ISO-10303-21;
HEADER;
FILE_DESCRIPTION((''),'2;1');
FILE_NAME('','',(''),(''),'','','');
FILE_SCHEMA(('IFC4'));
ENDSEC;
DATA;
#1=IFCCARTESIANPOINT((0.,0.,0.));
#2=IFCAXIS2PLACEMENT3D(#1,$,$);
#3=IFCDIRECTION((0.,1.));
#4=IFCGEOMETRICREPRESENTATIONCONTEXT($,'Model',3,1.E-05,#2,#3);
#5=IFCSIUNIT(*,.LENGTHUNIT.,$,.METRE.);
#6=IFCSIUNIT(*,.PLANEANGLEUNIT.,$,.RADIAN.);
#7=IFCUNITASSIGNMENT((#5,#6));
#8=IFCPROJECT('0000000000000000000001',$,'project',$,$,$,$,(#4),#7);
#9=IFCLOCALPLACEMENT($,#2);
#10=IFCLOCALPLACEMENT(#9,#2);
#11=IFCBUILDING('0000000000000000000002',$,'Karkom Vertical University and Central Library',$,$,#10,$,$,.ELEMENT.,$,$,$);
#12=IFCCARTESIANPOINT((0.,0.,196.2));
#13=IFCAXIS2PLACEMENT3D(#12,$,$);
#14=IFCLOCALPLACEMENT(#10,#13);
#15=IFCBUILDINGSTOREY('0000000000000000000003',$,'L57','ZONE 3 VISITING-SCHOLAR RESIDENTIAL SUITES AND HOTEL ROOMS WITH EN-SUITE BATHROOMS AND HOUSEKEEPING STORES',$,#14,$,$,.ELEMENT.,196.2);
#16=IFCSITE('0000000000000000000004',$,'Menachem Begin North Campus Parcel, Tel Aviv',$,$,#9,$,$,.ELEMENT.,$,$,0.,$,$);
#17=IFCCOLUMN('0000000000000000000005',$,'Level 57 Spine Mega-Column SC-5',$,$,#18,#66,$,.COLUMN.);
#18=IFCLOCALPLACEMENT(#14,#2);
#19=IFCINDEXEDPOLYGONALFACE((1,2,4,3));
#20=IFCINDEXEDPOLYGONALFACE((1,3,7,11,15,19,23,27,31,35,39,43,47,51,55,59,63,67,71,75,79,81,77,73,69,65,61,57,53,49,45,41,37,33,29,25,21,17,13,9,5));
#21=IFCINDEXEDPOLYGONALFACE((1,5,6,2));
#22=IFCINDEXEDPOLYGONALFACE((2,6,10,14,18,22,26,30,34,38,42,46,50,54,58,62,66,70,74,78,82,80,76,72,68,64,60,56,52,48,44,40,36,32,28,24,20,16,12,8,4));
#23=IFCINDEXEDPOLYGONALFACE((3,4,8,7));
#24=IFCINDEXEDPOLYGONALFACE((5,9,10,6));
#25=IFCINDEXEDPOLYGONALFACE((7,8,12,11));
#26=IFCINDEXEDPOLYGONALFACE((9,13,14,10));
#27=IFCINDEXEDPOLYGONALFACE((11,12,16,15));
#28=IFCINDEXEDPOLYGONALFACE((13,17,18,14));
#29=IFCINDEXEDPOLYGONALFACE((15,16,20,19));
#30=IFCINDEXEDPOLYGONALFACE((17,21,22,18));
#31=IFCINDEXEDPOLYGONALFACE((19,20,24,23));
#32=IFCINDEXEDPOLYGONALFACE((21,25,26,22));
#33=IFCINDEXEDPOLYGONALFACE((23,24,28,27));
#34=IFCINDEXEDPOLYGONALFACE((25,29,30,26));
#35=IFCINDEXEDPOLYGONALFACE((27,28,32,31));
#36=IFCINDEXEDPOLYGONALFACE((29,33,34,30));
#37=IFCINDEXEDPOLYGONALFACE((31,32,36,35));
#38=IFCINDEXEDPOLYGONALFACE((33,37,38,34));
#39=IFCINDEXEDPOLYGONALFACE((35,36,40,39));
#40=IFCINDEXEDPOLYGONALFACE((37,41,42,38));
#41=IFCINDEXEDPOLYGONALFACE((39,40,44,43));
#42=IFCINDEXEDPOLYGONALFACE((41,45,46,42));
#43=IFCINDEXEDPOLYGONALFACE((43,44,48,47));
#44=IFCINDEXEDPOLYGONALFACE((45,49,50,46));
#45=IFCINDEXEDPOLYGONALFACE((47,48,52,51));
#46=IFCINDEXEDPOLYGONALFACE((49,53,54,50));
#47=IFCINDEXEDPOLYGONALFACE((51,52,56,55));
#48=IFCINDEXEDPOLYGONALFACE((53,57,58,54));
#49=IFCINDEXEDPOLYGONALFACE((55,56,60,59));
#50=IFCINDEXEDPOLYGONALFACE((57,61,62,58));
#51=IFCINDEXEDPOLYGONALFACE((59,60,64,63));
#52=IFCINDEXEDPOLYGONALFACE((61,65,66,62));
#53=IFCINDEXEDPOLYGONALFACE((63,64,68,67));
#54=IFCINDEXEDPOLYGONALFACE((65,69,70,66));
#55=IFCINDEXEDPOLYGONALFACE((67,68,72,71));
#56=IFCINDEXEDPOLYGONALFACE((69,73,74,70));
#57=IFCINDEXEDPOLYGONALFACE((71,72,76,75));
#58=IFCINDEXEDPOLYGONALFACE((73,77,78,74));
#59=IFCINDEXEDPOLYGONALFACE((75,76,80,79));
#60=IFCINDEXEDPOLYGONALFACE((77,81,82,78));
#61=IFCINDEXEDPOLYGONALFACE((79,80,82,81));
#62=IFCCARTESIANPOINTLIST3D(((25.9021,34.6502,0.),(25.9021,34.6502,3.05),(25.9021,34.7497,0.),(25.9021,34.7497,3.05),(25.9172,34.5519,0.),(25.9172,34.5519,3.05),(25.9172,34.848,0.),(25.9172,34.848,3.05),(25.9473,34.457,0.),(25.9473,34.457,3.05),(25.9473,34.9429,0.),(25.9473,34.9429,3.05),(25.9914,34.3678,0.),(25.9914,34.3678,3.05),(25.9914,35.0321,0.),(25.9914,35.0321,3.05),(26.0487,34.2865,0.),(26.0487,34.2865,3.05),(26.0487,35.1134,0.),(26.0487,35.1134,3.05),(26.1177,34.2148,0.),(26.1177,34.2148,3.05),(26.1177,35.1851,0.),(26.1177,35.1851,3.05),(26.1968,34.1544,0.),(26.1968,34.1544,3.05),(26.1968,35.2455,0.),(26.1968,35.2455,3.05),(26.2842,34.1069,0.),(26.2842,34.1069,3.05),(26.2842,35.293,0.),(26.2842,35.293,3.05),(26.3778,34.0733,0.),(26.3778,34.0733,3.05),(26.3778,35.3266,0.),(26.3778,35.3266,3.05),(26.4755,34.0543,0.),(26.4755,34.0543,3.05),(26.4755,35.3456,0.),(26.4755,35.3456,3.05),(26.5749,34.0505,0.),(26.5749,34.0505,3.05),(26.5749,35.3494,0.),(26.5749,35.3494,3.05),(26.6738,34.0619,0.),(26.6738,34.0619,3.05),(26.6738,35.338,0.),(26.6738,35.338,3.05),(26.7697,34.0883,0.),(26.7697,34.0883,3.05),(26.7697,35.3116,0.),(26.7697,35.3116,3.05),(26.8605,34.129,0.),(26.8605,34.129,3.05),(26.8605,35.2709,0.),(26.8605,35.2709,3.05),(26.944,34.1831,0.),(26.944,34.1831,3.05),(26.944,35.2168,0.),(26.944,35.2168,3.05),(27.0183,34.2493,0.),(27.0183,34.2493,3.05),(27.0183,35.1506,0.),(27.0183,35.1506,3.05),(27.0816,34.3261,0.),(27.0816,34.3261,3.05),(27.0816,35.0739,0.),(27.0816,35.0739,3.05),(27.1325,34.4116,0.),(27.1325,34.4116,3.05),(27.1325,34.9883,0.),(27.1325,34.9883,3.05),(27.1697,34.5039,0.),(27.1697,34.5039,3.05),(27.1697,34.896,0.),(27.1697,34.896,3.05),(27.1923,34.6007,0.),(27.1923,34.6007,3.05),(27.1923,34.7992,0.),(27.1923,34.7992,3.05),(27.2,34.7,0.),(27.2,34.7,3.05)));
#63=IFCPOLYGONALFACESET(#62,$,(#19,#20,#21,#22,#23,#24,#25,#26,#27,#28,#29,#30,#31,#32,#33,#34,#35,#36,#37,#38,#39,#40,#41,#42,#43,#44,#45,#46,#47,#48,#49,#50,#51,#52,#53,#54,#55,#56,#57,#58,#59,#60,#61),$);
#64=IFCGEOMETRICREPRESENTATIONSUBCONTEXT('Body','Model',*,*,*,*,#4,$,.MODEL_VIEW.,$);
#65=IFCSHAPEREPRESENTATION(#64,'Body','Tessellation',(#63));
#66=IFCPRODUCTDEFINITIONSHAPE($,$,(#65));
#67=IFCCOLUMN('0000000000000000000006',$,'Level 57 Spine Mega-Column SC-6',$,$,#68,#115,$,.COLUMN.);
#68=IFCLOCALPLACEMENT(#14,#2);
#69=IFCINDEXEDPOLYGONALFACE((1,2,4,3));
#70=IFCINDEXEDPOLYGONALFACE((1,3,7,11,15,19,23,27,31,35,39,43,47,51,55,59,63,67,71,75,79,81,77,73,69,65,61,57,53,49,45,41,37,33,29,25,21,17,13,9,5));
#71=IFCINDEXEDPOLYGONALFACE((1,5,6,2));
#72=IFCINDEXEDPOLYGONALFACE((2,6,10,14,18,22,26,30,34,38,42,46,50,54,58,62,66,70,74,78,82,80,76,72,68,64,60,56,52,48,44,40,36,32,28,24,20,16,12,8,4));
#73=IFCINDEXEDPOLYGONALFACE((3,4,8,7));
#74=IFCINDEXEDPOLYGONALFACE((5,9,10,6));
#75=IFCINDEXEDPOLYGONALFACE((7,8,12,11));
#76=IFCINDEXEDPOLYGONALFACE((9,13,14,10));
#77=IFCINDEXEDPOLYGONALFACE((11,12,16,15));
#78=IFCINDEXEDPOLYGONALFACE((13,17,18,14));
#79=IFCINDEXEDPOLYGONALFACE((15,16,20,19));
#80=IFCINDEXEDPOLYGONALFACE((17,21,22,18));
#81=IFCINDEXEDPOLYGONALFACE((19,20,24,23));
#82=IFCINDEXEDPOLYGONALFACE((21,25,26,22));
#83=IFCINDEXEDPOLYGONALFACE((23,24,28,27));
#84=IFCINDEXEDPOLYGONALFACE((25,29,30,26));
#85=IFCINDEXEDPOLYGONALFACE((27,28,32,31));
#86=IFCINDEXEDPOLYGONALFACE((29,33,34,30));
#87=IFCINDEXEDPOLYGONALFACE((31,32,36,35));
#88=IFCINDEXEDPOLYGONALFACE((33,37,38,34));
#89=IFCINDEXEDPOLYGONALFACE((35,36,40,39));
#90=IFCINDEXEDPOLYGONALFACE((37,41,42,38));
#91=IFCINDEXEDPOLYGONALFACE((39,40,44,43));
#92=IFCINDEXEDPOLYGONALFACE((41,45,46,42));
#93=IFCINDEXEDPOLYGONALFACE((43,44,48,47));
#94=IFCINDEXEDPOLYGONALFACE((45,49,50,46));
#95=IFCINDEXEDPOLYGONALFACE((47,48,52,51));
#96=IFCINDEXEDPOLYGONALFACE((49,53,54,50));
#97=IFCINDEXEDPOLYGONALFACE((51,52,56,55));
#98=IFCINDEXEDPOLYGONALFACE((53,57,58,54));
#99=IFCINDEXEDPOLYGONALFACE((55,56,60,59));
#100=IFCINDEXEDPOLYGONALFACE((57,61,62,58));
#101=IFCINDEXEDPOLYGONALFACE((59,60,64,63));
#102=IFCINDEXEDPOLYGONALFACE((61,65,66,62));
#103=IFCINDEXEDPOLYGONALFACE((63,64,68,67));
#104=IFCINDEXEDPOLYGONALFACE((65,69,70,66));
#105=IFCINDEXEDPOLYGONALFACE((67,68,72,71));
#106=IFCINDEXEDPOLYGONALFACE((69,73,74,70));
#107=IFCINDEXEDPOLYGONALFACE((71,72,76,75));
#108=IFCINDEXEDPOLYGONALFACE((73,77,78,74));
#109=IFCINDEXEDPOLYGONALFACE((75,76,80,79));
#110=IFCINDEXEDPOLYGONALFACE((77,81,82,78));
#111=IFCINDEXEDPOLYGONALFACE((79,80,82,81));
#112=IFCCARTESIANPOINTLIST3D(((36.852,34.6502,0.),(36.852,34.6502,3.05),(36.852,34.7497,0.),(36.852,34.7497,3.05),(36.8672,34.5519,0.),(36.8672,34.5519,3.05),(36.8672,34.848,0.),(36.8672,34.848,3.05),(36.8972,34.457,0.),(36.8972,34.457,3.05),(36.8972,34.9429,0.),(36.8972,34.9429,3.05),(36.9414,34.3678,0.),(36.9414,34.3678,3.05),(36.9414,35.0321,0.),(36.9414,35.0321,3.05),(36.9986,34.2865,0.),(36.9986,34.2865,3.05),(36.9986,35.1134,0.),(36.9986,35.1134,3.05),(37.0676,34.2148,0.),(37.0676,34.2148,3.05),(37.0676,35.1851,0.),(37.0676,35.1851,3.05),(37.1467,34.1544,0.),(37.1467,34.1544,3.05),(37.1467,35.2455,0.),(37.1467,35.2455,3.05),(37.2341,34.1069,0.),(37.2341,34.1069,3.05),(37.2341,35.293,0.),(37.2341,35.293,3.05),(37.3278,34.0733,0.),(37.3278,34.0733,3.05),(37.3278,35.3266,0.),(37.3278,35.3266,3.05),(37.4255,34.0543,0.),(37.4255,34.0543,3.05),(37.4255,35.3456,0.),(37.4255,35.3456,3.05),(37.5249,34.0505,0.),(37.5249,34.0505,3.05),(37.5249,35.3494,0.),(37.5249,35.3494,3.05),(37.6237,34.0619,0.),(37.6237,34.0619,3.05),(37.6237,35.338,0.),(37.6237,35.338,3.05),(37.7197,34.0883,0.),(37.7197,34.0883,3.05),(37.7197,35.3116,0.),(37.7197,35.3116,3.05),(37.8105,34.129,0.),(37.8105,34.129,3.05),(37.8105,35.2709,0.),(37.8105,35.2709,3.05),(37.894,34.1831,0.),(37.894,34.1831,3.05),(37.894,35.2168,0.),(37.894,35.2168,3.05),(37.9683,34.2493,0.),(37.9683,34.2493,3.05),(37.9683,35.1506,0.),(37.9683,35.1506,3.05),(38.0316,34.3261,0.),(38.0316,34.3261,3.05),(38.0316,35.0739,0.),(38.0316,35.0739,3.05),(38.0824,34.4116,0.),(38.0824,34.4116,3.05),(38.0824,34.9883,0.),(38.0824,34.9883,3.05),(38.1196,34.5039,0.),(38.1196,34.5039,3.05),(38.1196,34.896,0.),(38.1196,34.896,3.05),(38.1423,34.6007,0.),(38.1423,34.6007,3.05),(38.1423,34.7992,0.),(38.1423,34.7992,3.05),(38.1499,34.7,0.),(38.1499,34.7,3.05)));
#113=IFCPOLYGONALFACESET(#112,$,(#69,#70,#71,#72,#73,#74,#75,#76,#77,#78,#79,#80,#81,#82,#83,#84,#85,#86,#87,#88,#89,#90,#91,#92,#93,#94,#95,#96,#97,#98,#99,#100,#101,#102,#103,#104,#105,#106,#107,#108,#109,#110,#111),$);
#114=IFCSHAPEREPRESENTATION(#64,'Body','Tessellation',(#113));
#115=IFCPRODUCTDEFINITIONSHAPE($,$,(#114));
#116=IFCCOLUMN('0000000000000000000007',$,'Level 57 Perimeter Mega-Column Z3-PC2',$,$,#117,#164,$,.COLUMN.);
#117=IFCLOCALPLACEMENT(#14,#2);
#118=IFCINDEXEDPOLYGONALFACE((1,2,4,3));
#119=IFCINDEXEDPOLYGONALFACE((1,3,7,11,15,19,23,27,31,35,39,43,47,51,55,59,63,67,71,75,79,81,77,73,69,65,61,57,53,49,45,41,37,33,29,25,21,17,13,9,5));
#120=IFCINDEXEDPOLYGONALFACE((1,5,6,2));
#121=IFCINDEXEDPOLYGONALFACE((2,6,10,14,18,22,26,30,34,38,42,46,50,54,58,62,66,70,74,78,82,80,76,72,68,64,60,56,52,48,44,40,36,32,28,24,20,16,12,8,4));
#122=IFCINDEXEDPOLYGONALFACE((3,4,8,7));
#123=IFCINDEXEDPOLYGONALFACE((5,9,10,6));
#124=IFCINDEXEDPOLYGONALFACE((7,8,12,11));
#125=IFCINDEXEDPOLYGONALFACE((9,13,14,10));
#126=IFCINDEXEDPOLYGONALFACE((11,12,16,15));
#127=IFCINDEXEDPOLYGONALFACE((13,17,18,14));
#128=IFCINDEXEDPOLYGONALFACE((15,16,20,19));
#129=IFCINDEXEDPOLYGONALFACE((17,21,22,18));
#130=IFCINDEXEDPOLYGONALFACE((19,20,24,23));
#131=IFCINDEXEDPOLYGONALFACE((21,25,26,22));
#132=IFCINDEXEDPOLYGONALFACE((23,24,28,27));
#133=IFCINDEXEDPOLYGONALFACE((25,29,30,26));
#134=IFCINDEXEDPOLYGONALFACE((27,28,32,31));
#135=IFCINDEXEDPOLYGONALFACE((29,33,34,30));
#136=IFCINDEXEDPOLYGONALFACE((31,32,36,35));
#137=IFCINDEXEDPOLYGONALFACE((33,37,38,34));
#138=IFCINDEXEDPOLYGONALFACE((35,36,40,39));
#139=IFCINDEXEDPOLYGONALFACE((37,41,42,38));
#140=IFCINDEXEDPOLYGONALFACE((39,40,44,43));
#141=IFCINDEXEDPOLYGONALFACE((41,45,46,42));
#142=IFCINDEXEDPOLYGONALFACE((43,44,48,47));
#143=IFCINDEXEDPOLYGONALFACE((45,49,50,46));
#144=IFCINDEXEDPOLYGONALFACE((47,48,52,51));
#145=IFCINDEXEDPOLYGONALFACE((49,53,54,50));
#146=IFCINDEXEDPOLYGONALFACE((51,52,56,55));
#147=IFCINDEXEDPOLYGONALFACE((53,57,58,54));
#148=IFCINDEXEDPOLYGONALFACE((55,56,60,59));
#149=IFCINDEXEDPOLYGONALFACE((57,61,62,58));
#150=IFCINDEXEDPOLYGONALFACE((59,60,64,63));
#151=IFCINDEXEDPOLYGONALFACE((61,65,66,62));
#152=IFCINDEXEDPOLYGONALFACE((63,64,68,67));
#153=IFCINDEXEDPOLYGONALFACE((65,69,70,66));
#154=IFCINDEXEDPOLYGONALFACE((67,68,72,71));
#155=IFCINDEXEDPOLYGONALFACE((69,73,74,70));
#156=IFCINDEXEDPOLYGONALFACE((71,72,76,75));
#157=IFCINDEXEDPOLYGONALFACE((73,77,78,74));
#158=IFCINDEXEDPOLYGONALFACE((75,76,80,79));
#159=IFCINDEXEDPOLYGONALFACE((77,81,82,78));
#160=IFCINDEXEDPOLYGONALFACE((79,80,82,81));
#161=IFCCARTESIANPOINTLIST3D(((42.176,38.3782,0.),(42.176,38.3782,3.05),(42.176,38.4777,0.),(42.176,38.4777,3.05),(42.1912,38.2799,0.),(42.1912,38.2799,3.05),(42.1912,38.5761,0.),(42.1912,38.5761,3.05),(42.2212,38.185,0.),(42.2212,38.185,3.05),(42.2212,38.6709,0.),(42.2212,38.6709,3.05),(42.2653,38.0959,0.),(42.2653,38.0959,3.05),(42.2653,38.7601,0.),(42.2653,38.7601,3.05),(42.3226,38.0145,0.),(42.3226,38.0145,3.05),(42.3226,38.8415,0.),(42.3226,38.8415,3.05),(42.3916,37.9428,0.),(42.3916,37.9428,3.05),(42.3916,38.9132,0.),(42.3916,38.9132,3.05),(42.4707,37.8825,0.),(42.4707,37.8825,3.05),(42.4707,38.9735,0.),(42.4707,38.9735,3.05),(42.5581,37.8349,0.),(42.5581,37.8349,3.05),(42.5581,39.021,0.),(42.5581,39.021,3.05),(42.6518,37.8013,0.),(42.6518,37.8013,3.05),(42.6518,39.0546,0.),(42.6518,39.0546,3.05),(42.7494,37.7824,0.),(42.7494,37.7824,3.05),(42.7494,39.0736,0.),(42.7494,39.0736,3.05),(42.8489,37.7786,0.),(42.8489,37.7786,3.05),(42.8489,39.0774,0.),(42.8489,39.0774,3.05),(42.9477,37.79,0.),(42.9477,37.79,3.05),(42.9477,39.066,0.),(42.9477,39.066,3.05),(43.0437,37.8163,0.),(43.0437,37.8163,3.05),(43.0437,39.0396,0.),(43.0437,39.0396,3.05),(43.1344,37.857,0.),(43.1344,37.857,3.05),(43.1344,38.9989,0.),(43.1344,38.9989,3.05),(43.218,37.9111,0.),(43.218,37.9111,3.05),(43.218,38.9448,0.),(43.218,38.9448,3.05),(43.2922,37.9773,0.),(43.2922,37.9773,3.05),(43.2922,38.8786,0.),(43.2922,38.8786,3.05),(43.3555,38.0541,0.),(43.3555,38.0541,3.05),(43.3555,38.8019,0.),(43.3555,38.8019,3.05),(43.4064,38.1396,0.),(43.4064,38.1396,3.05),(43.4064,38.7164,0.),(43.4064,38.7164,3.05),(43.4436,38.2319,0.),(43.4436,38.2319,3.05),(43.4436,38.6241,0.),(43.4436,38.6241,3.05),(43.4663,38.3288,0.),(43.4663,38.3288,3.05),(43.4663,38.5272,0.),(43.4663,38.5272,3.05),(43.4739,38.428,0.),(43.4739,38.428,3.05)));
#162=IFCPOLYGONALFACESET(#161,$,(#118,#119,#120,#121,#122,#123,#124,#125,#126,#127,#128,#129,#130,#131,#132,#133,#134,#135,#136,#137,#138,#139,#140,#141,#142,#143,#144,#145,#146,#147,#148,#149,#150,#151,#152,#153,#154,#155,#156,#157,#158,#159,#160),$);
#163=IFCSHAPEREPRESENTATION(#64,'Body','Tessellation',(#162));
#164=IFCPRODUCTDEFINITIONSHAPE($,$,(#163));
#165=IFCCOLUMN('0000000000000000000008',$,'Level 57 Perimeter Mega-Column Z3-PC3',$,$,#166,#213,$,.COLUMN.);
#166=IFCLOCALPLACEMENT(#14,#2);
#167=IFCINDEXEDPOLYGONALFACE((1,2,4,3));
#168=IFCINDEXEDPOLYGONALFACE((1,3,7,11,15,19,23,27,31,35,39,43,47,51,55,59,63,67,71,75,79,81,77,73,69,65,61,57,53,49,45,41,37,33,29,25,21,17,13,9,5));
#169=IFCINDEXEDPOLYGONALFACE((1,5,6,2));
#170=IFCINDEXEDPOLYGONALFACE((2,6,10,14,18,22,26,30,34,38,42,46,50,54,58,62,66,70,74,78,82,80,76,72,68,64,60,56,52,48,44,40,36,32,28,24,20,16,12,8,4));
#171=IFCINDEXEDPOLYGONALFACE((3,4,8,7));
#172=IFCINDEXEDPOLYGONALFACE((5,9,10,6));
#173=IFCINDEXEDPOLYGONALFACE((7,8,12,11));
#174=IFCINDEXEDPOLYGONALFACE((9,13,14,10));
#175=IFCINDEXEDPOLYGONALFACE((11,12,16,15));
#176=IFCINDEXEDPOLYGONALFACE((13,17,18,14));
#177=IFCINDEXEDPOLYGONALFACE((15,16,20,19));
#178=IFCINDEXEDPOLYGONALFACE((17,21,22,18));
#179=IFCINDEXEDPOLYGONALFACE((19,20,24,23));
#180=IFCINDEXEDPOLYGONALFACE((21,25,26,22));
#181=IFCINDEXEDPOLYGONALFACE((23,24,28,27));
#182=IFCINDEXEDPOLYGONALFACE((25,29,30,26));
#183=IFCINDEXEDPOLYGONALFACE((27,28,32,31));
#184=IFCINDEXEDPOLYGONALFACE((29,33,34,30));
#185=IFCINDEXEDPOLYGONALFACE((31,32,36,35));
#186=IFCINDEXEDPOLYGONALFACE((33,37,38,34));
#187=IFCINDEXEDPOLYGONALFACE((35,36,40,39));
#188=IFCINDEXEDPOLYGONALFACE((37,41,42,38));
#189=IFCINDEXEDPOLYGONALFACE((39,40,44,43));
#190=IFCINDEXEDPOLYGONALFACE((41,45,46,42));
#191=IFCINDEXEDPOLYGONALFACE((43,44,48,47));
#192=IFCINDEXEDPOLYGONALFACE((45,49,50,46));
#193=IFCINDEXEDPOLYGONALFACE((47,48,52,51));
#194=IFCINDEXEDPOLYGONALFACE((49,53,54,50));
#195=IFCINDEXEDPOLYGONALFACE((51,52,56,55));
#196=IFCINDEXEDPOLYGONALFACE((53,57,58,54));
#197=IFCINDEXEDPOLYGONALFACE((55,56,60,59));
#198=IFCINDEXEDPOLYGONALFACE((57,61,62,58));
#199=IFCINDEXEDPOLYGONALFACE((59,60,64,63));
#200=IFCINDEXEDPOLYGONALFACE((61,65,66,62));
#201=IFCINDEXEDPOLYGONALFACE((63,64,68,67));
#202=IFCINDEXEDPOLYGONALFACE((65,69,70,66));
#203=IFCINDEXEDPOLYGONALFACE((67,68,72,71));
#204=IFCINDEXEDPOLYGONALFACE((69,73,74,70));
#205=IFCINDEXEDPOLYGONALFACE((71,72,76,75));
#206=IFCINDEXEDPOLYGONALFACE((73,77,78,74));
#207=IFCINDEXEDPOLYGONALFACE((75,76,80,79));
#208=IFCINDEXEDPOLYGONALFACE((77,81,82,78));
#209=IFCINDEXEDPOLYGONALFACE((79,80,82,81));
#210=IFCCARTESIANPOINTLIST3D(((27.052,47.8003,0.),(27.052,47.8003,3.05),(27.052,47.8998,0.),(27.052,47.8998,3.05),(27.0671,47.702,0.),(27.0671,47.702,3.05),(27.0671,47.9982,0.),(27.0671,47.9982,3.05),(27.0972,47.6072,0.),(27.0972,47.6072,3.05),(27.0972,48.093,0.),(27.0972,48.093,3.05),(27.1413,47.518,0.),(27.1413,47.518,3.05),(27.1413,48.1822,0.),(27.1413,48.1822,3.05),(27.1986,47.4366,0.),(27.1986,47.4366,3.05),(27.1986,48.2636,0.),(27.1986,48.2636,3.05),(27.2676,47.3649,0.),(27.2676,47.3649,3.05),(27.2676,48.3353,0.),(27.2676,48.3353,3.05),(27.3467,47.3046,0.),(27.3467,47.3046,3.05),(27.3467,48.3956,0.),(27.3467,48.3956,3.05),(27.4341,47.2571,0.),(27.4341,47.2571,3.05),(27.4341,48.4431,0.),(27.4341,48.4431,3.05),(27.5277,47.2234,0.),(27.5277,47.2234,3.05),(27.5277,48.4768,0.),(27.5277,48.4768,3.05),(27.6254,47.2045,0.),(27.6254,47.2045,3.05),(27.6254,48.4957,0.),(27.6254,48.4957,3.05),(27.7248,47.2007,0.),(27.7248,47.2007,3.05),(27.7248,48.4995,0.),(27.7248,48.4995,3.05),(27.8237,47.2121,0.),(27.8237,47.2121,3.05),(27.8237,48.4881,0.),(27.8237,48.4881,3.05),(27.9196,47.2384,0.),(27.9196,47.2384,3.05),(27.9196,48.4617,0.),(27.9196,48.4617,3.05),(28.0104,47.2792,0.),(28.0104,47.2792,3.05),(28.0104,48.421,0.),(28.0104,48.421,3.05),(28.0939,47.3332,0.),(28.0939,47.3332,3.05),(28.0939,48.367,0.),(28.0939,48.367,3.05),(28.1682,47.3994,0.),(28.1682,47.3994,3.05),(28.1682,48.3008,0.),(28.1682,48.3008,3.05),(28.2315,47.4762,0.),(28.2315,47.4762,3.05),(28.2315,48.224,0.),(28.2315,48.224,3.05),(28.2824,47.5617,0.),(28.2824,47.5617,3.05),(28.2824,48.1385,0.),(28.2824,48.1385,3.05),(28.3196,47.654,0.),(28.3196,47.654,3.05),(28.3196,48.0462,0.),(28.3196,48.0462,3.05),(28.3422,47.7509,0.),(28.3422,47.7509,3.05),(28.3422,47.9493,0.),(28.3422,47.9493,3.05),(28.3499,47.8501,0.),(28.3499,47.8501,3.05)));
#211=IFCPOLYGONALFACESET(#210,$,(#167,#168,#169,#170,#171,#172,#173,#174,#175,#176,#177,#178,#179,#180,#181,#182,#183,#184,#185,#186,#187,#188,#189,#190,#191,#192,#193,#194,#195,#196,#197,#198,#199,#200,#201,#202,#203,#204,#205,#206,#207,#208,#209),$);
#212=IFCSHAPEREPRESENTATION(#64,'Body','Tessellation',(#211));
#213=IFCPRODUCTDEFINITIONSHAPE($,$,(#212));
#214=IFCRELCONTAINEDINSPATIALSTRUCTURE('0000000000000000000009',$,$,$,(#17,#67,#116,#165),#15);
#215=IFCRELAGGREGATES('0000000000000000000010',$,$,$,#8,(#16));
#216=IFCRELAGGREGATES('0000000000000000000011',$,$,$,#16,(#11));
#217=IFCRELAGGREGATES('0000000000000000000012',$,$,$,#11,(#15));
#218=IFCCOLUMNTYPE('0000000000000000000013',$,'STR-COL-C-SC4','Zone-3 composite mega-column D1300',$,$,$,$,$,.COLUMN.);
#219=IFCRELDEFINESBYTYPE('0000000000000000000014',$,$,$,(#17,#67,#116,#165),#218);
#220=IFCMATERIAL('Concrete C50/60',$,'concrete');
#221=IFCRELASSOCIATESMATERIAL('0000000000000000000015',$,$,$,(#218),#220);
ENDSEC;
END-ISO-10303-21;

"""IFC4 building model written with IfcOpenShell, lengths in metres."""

from ifc_helpers import new_model, si_unit, direction, frame, origin, origin_with_axes, origin_2d, place, context, subcontext, project, spatial, circle, extrude, source, transform, mapped, material, material_profile, profile_set, type_object, element, save


model = new_model("IFC4")

# Units and contexts
model_context = context("Model", 3, precision=1e-05, world=origin(), true_north=direction((0.0, 1.0)))
body_context = subcontext(model_context, "Body", "Model", "MODEL_VIEW")
ifc_project = project(units=[si_unit("LENGTHUNIT", "METRE"), si_unit("PLANEANGLEUNIT", "RADIAN")], contexts=[model_context])

# Site, building, storey
site_placement = place(None, origin())
site = spatial("IfcSite", under=ifc_project, at=site_placement, Name="Menachem Begin North Campus Parcel, Tel Aviv", CompositionType="ELEMENT", RefElevation=0.0)
building_placement = place(site_placement, origin())
building = spatial("IfcBuilding", under=site, at=building_placement, Name="Karkom Vertical University and Central Library", CompositionType="ELEMENT")
storey_placement = place(building_placement, frame((0.0, 0.0, 196.2)))
storey = spatial("IfcBuildingStorey", under=building, at=storey_placement, Name="L57", Description="ZONE 3 VISITING-SCHOLAR RESIDENTIAL SUITES AND HOTEL ROOMS WITH EN-SUITE BATHROOMS AND HOUSEKEEPING STORES", CompositionType="ELEMENT", Elevation=196.2)

# Columns
ifc_material_1 = material(Name="Concrete C50/60", Category="concrete")
ifc_material_profile_1 = material_profile(ifc_material_1, circle(Radius=0.6499, at=origin_2d()), Name="CFT-D1300")
ifc_profile_set_1 = profile_set([ifc_material_profile_1], Name="Concrete C50/60")
column_type = type_object("IfcColumnType", Name="STR-COL-C-SC4", Description="Zone-3 composite mega-column D1300", PredefinedType="COLUMN", material=ifc_profile_set_1)
shared_shape_1 = source(origin_with_axes(), body_context, "Body", "SweptSolid", [
    extrude(circle(Radius=0.6499, at=origin_2d()), origin(), (0.0, 0.0, 1.0), 3.05),
])
for number, where, z_axis, x_axis, name in (
    (1, (26.55, 34.7, 0.0), (0.0, 0.0, 1.0), (1.0, 0.0, 0.0), "Level 57 Spine Mega-Column SC-5"),
    (2, (37.5, 34.7, 0.0), (0.0, 0.0, 1.0), (1.0, 0.0, 0.0), "Level 57 Spine Mega-Column SC-6"),
    (3, (42.824, 38.428, 0.0), (0.0, 0.0, 1.0), (1.0, 0.0, 0.0), "Level 57 Perimeter Mega-Column Z3-PC2"),
    (4, (27.7, 47.8501, 0.0), (0.0, 0.0, 1.0), (1.0, 0.0, 0.0), "Level 57 Perimeter Mega-Column Z3-PC3"),
):
    element("IfcColumn", number, at=place(storey_placement, frame(where, z_axis=z_axis, x_axis=x_axis)), inside=storey, type_object=column_type, Name=name, PredefinedType="COLUMN", context=body_context, shape_type="MappedRepresentation", body=[
        mapped(shared_shape_1, transform((0.0, 0.0, 0.0), scale=1.0)),
    ])

save(model, "model.ifc")
